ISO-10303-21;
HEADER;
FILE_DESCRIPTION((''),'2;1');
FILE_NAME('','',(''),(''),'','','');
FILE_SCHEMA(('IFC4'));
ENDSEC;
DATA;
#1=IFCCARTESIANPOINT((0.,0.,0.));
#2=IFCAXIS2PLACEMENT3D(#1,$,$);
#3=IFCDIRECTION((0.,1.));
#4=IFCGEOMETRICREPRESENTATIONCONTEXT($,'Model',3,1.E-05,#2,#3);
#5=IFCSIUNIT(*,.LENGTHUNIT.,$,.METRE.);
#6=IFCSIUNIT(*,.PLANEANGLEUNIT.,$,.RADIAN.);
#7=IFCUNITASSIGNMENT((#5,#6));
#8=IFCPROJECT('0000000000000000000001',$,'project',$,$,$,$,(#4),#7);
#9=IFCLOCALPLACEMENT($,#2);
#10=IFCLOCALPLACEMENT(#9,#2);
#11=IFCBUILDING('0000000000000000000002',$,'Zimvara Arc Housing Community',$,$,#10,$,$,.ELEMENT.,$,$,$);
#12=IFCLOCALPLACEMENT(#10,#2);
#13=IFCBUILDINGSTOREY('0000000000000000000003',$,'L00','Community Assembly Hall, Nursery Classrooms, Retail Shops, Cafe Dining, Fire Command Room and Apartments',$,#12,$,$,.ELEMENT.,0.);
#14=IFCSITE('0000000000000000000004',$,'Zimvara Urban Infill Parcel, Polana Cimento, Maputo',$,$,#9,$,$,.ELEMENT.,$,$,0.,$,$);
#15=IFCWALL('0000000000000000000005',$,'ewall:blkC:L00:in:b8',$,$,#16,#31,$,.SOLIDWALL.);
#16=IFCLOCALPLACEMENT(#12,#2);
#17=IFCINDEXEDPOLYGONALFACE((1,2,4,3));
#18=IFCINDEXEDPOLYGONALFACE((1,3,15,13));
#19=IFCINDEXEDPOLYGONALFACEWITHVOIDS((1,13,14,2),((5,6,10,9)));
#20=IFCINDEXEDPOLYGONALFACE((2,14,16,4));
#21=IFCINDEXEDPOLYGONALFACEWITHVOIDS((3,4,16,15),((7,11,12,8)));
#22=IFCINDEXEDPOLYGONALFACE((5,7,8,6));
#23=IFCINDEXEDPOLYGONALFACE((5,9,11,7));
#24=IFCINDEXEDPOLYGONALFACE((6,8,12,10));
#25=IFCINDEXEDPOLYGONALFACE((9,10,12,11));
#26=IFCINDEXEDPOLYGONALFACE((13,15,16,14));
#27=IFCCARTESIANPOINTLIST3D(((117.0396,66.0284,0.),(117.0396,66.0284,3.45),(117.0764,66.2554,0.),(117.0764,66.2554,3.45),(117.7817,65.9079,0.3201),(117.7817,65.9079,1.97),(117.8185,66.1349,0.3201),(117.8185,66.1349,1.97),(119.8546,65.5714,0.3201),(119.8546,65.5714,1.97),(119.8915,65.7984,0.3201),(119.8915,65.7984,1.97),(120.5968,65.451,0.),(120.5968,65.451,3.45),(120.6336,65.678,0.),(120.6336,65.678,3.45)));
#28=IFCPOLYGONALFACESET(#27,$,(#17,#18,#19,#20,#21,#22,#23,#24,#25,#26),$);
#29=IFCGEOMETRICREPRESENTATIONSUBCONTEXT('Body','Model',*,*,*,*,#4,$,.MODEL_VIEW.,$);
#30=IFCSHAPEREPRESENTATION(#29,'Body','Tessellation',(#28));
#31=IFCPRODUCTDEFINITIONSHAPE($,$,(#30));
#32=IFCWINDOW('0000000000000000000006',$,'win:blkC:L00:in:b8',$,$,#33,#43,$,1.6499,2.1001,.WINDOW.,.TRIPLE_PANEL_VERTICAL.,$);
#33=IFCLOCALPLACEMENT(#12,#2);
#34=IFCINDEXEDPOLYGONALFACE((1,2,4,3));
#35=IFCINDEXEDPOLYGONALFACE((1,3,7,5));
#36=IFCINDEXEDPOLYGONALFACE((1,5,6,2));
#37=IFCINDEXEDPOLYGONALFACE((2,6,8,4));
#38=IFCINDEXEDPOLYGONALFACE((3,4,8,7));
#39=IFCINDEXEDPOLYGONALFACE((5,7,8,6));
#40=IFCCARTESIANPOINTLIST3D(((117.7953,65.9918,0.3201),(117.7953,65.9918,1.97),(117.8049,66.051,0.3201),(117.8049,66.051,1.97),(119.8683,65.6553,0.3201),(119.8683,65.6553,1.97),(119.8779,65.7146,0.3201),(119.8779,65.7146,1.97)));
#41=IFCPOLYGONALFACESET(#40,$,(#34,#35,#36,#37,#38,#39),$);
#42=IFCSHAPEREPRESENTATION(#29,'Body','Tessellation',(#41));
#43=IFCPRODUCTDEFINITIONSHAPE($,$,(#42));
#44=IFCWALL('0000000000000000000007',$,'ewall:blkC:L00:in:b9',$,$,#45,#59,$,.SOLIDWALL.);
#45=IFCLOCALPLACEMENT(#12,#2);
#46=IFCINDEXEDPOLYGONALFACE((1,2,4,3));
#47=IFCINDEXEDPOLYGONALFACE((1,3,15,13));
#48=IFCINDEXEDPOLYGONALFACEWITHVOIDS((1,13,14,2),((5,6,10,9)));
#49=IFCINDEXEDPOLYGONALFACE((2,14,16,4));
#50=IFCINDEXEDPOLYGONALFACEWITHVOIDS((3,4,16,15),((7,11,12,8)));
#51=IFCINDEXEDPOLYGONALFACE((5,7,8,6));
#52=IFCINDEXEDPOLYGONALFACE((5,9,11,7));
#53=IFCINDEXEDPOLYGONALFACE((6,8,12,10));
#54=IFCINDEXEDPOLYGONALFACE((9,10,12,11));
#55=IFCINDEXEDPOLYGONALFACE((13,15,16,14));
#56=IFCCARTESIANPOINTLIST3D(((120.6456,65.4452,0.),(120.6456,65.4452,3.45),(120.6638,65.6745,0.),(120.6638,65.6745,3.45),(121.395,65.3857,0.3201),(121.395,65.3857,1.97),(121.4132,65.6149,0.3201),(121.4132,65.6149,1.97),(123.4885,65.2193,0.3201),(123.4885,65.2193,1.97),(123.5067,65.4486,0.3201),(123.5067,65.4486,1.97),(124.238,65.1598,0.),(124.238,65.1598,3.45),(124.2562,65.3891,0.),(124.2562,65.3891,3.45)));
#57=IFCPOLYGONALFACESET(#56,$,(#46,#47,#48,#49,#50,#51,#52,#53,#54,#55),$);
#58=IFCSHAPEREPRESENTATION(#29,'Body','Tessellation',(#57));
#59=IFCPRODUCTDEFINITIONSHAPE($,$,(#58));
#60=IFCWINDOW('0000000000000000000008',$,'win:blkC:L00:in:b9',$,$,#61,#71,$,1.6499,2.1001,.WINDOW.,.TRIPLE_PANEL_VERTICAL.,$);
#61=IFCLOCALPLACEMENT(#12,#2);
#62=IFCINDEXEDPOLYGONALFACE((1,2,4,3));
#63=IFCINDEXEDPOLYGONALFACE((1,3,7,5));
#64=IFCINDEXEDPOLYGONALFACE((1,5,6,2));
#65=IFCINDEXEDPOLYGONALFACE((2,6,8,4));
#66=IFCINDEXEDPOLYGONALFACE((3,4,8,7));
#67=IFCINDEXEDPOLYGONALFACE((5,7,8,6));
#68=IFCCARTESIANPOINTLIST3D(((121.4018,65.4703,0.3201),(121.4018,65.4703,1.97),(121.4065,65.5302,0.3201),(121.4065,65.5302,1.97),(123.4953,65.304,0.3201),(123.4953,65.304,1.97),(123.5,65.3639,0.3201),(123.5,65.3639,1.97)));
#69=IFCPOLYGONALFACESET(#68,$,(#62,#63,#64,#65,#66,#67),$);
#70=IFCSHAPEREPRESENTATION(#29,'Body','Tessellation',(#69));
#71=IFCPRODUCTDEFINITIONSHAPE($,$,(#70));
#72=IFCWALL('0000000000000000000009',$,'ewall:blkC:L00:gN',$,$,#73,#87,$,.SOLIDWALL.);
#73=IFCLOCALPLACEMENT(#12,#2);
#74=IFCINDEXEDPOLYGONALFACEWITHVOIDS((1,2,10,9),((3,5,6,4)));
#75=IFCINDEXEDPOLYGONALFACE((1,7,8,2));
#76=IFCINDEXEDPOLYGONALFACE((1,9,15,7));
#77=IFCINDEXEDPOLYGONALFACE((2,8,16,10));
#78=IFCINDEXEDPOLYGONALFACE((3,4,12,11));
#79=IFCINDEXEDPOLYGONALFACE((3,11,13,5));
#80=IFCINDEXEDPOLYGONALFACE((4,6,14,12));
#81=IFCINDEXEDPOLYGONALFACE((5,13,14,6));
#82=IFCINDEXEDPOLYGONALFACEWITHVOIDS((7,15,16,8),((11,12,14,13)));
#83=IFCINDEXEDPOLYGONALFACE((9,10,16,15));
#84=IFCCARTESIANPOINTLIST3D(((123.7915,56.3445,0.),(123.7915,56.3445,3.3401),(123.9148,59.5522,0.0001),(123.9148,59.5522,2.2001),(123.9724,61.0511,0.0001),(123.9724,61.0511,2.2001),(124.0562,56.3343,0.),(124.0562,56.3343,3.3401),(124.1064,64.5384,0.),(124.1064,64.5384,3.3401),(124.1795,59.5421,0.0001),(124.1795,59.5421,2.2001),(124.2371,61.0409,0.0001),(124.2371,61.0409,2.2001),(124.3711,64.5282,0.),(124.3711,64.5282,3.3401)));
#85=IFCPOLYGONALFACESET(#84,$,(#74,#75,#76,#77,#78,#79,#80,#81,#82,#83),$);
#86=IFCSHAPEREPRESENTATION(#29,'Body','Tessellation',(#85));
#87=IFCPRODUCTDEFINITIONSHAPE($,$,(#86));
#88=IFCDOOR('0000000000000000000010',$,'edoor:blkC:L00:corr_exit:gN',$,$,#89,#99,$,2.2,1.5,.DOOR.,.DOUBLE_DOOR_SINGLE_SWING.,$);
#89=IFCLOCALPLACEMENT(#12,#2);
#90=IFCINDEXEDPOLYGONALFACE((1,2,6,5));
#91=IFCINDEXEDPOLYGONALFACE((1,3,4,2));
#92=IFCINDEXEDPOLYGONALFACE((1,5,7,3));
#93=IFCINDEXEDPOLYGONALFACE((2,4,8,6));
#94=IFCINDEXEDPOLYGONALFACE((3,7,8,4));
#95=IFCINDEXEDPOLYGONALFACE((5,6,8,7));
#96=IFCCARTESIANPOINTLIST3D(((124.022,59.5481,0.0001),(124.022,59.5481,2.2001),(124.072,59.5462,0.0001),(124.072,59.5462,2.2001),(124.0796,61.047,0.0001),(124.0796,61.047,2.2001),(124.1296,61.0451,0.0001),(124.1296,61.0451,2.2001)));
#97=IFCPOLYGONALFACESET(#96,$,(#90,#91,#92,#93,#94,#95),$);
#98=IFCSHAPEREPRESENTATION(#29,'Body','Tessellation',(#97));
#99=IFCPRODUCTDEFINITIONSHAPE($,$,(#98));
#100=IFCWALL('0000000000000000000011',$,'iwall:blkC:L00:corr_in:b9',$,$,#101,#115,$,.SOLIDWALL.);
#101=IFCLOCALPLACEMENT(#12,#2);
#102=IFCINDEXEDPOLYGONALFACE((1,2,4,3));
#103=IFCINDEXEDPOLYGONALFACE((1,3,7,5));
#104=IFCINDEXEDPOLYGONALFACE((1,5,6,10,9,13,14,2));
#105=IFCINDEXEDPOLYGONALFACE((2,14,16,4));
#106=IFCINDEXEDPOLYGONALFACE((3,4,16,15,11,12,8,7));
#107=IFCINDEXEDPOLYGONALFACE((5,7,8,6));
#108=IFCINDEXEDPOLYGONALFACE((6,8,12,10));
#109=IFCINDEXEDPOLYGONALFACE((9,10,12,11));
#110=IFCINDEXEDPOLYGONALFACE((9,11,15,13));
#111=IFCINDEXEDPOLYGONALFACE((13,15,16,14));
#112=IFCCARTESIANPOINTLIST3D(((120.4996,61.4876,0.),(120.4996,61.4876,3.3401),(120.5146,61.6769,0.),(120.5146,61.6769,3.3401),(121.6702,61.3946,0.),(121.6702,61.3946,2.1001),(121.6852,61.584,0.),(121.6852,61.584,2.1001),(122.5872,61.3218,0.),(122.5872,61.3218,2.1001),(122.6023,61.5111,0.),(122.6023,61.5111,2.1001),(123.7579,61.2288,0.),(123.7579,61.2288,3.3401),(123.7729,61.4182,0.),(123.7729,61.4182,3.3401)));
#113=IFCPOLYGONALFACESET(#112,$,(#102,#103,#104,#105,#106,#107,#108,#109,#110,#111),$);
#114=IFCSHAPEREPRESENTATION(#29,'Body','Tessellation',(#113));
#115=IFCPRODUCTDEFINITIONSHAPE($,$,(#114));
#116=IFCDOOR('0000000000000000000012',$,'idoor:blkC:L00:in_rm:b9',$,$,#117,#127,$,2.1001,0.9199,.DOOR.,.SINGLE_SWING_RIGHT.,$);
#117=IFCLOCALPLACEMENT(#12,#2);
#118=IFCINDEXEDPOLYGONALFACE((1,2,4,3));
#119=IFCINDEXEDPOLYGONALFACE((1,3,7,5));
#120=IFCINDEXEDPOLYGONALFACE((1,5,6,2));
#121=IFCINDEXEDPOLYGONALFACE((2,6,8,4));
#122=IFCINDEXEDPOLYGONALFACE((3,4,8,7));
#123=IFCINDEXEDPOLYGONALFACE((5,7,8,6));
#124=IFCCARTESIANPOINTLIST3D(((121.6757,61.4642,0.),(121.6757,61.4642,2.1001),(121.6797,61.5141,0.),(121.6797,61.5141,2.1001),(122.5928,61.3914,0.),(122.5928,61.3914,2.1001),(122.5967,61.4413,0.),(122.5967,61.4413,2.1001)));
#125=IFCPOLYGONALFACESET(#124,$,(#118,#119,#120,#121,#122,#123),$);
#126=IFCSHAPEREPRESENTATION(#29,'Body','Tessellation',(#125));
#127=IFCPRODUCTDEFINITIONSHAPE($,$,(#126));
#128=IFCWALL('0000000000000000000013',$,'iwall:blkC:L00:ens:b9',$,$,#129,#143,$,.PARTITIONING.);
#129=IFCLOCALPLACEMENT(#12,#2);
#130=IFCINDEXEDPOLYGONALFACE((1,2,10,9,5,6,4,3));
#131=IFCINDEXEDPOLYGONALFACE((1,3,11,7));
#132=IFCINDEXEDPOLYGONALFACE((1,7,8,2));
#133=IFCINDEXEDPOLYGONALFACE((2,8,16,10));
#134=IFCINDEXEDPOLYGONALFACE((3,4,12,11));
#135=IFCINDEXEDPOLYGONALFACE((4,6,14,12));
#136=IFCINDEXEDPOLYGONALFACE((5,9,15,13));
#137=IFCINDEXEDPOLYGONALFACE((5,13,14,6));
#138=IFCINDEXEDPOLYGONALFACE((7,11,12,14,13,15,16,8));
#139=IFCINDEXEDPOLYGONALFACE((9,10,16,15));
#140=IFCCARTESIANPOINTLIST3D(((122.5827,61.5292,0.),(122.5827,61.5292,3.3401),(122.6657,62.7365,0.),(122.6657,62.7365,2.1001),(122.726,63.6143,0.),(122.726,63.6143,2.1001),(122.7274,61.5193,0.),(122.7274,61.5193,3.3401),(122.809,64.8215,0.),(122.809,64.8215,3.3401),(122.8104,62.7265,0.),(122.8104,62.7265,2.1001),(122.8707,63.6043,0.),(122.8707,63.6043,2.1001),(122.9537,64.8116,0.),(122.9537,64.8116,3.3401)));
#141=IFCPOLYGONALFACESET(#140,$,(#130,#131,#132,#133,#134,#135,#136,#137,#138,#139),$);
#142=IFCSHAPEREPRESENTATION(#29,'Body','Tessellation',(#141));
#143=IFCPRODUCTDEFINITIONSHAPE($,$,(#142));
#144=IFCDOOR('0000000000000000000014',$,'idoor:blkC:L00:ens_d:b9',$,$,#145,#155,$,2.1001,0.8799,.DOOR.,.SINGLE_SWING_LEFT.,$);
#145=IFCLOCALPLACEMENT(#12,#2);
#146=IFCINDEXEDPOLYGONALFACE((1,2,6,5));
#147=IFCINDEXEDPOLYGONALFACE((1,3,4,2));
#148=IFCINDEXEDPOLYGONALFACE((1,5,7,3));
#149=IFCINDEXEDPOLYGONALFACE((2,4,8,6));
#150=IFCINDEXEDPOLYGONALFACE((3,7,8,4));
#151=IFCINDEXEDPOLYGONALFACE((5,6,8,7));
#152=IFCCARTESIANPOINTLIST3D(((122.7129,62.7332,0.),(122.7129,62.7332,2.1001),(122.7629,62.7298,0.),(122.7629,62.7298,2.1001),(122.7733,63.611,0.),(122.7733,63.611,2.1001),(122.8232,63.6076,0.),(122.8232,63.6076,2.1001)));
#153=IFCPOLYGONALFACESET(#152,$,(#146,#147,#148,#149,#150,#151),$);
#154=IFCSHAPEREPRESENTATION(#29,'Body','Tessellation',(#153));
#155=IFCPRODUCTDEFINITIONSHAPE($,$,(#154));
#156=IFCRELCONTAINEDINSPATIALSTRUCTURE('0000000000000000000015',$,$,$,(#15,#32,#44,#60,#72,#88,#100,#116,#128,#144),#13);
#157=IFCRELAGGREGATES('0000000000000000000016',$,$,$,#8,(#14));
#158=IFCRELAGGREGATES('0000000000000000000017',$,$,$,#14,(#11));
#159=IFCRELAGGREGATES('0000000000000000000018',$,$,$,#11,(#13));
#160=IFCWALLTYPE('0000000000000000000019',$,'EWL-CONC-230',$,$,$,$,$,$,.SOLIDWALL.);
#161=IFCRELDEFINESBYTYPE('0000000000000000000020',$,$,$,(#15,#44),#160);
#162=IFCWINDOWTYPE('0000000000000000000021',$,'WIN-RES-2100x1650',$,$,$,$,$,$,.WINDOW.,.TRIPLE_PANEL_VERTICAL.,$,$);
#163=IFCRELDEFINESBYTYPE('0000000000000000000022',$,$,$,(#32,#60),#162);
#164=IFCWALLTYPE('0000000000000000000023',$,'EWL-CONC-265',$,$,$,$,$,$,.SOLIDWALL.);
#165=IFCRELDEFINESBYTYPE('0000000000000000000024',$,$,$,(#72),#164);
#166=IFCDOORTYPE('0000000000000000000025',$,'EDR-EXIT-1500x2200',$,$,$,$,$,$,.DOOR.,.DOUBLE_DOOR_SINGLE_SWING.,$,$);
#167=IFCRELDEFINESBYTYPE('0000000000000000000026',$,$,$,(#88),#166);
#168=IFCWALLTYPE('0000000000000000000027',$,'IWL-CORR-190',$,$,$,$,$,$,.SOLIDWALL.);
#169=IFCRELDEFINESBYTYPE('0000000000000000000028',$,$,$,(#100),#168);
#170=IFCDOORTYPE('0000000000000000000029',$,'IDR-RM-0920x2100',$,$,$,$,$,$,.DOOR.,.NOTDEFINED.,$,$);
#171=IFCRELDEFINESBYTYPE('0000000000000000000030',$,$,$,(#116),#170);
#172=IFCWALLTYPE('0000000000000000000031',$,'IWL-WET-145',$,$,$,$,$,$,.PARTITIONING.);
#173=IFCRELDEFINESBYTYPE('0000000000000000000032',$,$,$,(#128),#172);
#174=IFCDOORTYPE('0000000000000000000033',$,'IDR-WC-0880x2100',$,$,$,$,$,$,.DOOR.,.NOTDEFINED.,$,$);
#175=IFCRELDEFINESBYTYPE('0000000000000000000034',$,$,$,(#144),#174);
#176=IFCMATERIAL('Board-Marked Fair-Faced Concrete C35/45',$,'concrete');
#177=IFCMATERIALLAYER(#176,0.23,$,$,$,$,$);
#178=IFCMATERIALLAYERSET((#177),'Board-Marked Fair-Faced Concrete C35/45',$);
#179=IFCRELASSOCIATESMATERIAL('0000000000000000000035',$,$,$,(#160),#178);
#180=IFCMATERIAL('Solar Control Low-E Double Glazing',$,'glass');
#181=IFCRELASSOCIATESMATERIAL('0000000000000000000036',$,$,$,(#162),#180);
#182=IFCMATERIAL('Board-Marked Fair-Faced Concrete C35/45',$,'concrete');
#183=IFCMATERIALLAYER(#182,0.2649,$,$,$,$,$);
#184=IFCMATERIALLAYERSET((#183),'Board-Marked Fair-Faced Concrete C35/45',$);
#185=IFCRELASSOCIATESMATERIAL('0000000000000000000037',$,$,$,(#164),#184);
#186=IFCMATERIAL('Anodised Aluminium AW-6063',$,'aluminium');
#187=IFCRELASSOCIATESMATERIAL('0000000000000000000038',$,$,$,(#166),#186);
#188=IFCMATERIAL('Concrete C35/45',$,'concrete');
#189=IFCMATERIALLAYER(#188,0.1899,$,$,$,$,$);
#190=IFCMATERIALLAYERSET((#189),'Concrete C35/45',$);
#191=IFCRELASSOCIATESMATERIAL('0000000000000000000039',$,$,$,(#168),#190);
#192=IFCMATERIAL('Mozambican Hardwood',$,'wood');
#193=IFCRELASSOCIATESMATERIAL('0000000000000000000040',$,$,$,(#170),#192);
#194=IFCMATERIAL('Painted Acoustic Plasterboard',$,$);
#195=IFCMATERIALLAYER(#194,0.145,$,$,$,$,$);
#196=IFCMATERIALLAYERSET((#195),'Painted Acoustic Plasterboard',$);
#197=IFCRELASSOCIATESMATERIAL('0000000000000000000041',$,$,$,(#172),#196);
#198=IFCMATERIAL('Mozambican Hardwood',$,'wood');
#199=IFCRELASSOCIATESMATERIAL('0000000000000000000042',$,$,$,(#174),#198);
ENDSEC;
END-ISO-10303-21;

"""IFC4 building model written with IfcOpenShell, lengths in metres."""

from ifc_helpers import new_model, si_unit, direction, frame, frame_2d, origin, place, context, subcontext, project, spatial, rectangle, extrude, material, layer, layer_set, type_object, element, fill, save


model = new_model("IFC4")

# Units and contexts
model_context = context("Model", 3, precision=1e-05, world=origin(), true_north=direction((0.0, 1.0)))
body_context = subcontext(model_context, "Body", "Model", "MODEL_VIEW")
ifc_project = project(units=[si_unit("LENGTHUNIT", "METRE"), si_unit("PLANEANGLEUNIT", "RADIAN")], contexts=[model_context])

# Site, building, storey
site_placement = place(None, origin())
site = spatial("IfcSite", under=ifc_project, at=site_placement, Name="Zimvara Urban Infill Parcel, Polana Cimento, Maputo", CompositionType="ELEMENT", RefElevation=0.0)
building_placement = place(site_placement, origin())
building = spatial("IfcBuilding", under=site, at=building_placement, Name="Zimvara Arc Housing Community", CompositionType="ELEMENT")
storey_placement = place(building_placement, origin())
storey = spatial("IfcBuildingStorey", under=building, at=storey_placement, Name="L00", Description="Community Assembly Hall, Nursery Classrooms, Retail Shops, Cafe Dining, Fire Command Room and Apartments", CompositionType="ELEMENT", Elevation=0.0)

# Walls, openings, windows
ifc_material_1 = material(Name="Board-Marked Fair-Faced Concrete C35/45", Category="concrete")
ifc_layer_1 = layer(ifc_material_1, 0.23)
ifc_layer_set_1 = layer_set([ifc_layer_1], Name="Board-Marked Fair-Faced Concrete C35/45")
wall_type_1 = type_object("IfcWallType", Name="EWL-CONC-230", PredefinedType="SOLIDWALL", material=ifc_layer_set_1)
wall_1_placement = place(storey_placement, frame((117.0581, 66.1418, 0.0), z_axis=(0.0, 0.0, 1.0), x_axis=(0.987081, -0.160223, 0.0)))
wall_1 = element("IfcWall", 1, at=wall_1_placement, inside=storey, type_object=wall_type_1, Name="ewall:blkC:L00:in:b8", PredefinedType="SOLIDWALL", context=body_context, shape_type="SweptSolid", body=[
    extrude(rectangle(XDim=3.6038, YDim=0.23, at=frame_2d((1.8018, 0.0))), origin(), (0.0, 0.0, 1.0), 3.45),
])
opening_1_placement = place(wall_1_placement, frame((0.7517, 0.0, 0.3201)))
opening_1 = element("IfcOpeningElement", 2, at=opening_1_placement, cuts=wall_1, PredefinedType="OPENING", context=body_context, shape_type="SweptSolid", body=[
    extrude(rectangle(XDim=2.1001, YDim=1.6499, at=frame_2d((1.05, 0.825))), frame((0.0, 0.125, 0.0), z_axis=(0.0, -1.0, 0.0), x_axis=(1.0, 0.0, 0.0)), (0.0, 0.0, 1.0), 0.25),
])
ifc_material_2 = material(Name="Solar Control Low-E Double Glazing", Category="glass")
window_type = type_object("IfcWindowType", Name="WIN-RES-2100x1650", PartitioningType="TRIPLE_PANEL_VERTICAL", PredefinedType="WINDOW", material=ifc_material_2)
window_1_placement = place(opening_1_placement, origin())
window_1 = element("IfcWindow", 3, at=window_1_placement, inside=storey, type_object=window_type, Name="win:blkC:L00:in:b8", OverallHeight=1.6499, OverallWidth=2.1001, PartitioningType="TRIPLE_PANEL_VERTICAL", PredefinedType="WINDOW", context=body_context, shape_type="SweptSolid", body=[
    extrude(rectangle(XDim=2.1001, YDim=1.6499, at=frame_2d((1.05, 0.825))), frame((0.0, 0.03, 0.0), z_axis=(0.0, -1.0, 0.0), x_axis=(1.0, 0.0, 0.0)), (0.0, 0.0, 1.0), 0.0601),
])
fill(opening_1, window_1)
wall_2_placement = place(storey_placement, frame((120.6548, 65.5598, 0.0), z_axis=(0.0, 0.0, 1.0), x_axis=(0.996859, -0.079193, 0.0)))
wall_2 = element("IfcWall", 4, at=wall_2_placement, inside=storey, type_object=wall_type_1, Name="ewall:blkC:L00:in:b9", PredefinedType="SOLIDWALL", context=body_context, shape_type="SweptSolid", body=[
    extrude(rectangle(XDim=3.6038, YDim=0.23, at=frame_2d((1.8018, 0.0))), origin(), (0.0, 0.0, 1.0), 3.45),
])
opening_2_placement = place(wall_2_placement, frame((0.7517, 0.0, 0.3201)))
opening_2 = element("IfcOpeningElement", 5, at=opening_2_placement, cuts=wall_2, PredefinedType="OPENING", context=body_context, shape_type="SweptSolid", body=[
    extrude(rectangle(XDim=2.1001, YDim=1.6499, at=frame_2d((1.05, 0.825))), frame((0.0, 0.125, 0.0), z_axis=(0.0, -1.0, 0.0), x_axis=(1.0, 0.0, 0.0)), (0.0, 0.0, 1.0), 0.25),
])
window_2_placement = place(opening_2_placement, origin())
window_2 = element("IfcWindow", 6, at=window_2_placement, inside=storey, type_object=window_type, Name="win:blkC:L00:in:b9", OverallHeight=1.6499, OverallWidth=2.1001, PartitioningType="TRIPLE_PANEL_VERTICAL", PredefinedType="WINDOW", context=body_context, shape_type="SweptSolid", body=[
    extrude(rectangle(XDim=2.1001, YDim=1.6499, at=frame_2d((1.05, 0.825))), frame((0.0, 0.03, 0.0), z_axis=(0.0, -1.0, 0.0), x_axis=(1.0, 0.0, 0.0)), (0.0, 0.0, 1.0), 0.0601),
])
fill(opening_2, window_2)

# Walls, openings, doors
ifc_material_3 = material(Name="Board-Marked Fair-Faced Concrete C35/45", Category="concrete")
ifc_layer_2 = layer(ifc_material_3, 0.2649)
ifc_layer_set_2 = layer_set([ifc_layer_2], Name="Board-Marked Fair-Faced Concrete C35/45")
wall_type_2 = type_object("IfcWallType", Name="EWL-CONC-265", PredefinedType="SOLIDWALL", material=ifc_layer_set_2)
wall_3_placement = place(storey_placement, frame((124.2388, 64.5334, 0.0), z_axis=(0.0, 0.0, 1.0), x_axis=(-0.038408, -0.999262, 0.0)))
wall_3 = element("IfcWall", 7, at=wall_3_placement, inside=storey, type_object=wall_type_2, Name="ewall:blkC:L00:gN", PredefinedType="SOLIDWALL", context=body_context, shape_type="SweptSolid", body=[
    extrude(rectangle(XDim=8.2, YDim=0.2649, at=frame_2d((4.1001, 0.0))), origin(), (0.0, 0.0, 1.0), 3.3401),
])
opening_3_placement = place(wall_3_placement, frame((3.49, 0.0, 0.0)))
opening_3 = element("IfcOpeningElement", 8, at=opening_3_placement, cuts=wall_3, PredefinedType="OPENING", context=body_context, shape_type="SweptSolid", body=[
    extrude(rectangle(XDim=1.5, YDim=2.2, at=frame_2d((0.75, 1.1001))), frame((0.0, 0.1423, 0.0), z_axis=(0.0, -1.0, 0.0), x_axis=(1.0, 0.0, 0.0)), (0.0, 0.0, 1.0), 0.2849),
])
ifc_material_4 = material(Name="Anodised Aluminium AW-6063", Category="aluminium")
door_type_1 = type_object("IfcDoorType", Name="EDR-EXIT-1500x2200", OperationType="DOUBLE_DOOR_SINGLE_SWING", PredefinedType="DOOR", material=ifc_material_4)
door_1_placement = place(opening_3_placement, origin())
door_1 = element("IfcDoor", 9, at=door_1_placement, inside=storey, type_object=door_type_1, Name="edoor:blkC:L00:corr_exit:gN", OperationType="DOUBLE_DOOR_SINGLE_SWING", OverallHeight=2.2, OverallWidth=1.5, PredefinedType="DOOR", context=body_context, shape_type="SweptSolid", body=[
    extrude(rectangle(XDim=1.5, YDim=2.2, at=frame_2d((0.75, 1.1001))), frame((0.0, 0.0249, 0.0), z_axis=(0.0, -1.0, 0.0), x_axis=(1.0, 0.0, 0.0)), (0.0, 0.0, 1.0), 0.05),
])
fill(opening_3, door_1)
ifc_material_5 = material(Name="Concrete C35/45", Category="concrete")
ifc_layer_3 = layer(ifc_material_5, 0.1899)
ifc_layer_set_3 = layer_set([ifc_layer_3], Name="Concrete C35/45")
wall_type_3 = type_object("IfcWallType", Name="IWL-CORR-190", PredefinedType="SOLIDWALL", material=ifc_layer_set_3)
wall_4_placement = place(storey_placement, frame((120.5071, 61.5823, 0.0), z_axis=(0.0, 0.0, 1.0), x_axis=(0.996861, -0.079175, 0.0)))
wall_4 = element("IfcWall", 10, at=wall_4_placement, inside=storey, type_object=wall_type_3, Name="iwall:blkC:L00:corr_in:b9", PredefinedType="SOLIDWALL", context=body_context, shape_type="SweptSolid", body=[
    extrude(rectangle(XDim=3.2686, YDim=0.1899, at=frame_2d((1.6343, 0.0))), origin(), (0.0, 0.0, 1.0), 3.3401),
])
opening_4_placement = place(wall_4_placement, frame((1.1743, 0.0, 0.0)))
opening_4 = element("IfcOpeningElement", 11, at=opening_4_placement, cuts=wall_4, PredefinedType="OPENING", context=body_context, shape_type="SweptSolid", body=[
    extrude(rectangle(XDim=0.9199, YDim=2.1001, at=frame_2d((0.46, 1.05))), frame((0.0, 0.105, 0.0), z_axis=(0.0, -1.0, 0.0), x_axis=(1.0, 0.0, 0.0)), (0.0, 0.0, 1.0), 0.21),
])
ifc_material_6 = material(Name="Mozambican Hardwood", Category="wood")
door_type_2 = type_object("IfcDoorType", Name="IDR-RM-0920x2100", OperationType="NOTDEFINED", PredefinedType="DOOR", material=ifc_material_6)
door_2_placement = place(opening_4_placement, origin())
door_2 = element("IfcDoor", 12, at=door_2_placement, inside=storey, type_object=door_type_2, Name="idoor:blkC:L00:in_rm:b9", OperationType="SINGLE_SWING_RIGHT", OverallHeight=2.1001, OverallWidth=0.9199, PredefinedType="DOOR", context=body_context, shape_type="SweptSolid", body=[
    extrude(rectangle(XDim=0.9199, YDim=2.1001, at=frame_2d((0.46, 1.05))), frame((0.0, 0.0249, 0.0), z_axis=(0.0, -1.0, 0.0), x_axis=(1.0, 0.0, 0.0)), (0.0, 0.0, 1.0), 0.05),
])
fill(opening_4, door_2)
ifc_material_7 = material(Name="Painted Acoustic Plasterboard")
ifc_layer_4 = layer(ifc_material_7, 0.145)
ifc_layer_set_4 = layer_set([ifc_layer_4], Name="Painted Acoustic Plasterboard")
wall_type_4 = type_object("IfcWallType", Name="IWL-WET-145", PredefinedType="PARTITIONING", material=ifc_layer_set_4)
wall_5_placement = place(storey_placement, frame((122.8813, 64.8164, 0.0), z_axis=(0.0, 0.0, 1.0), x_axis=(-0.068581, -0.997646, 0.0)))
wall_5 = element("IfcWall", 13, at=wall_5_placement, inside=storey, type_object=wall_type_4, Name="iwall:blkC:L00:ens:b9", PredefinedType="PARTITIONING", context=body_context, shape_type="SweptSolid", body=[
    extrude(rectangle(XDim=3.3, YDim=0.145, at=frame_2d((1.6499, 0.0))), origin(), (0.0, 0.0, 1.0), 3.3401),
])
opening_5_placement = place(wall_5_placement, frame((1.21, 0.0, 0.0)))
opening_5 = element("IfcOpeningElement", 14, at=opening_5_placement, cuts=wall_5, PredefinedType="OPENING", context=body_context, shape_type="SweptSolid", body=[
    extrude(rectangle(XDim=0.8799, YDim=2.1001, at=frame_2d((0.4399, 1.05))), frame((0.0, 0.0825, 0.0), z_axis=(0.0, -1.0, 0.0), x_axis=(1.0, 0.0, 0.0)), (0.0, 0.0, 1.0), 0.165),
])
ifc_material_8 = material(Name="Mozambican Hardwood", Category="wood")
door_type_3 = type_object("IfcDoorType", Name="IDR-WC-0880x2100", OperationType="NOTDEFINED", PredefinedType="DOOR", material=ifc_material_8)
door_3_placement = place(opening_5_placement, origin())
door_3 = element("IfcDoor", 15, at=door_3_placement, inside=storey, type_object=door_type_3, Name="idoor:blkC:L00:ens_d:b9", OperationType="SINGLE_SWING_LEFT", OverallHeight=2.1001, OverallWidth=0.8799, PredefinedType="DOOR", context=body_context, shape_type="SweptSolid", body=[
    extrude(rectangle(XDim=0.8799, YDim=2.1001, at=frame_2d((0.4399, 1.05))), frame((0.0, 0.0249, 0.0), z_axis=(0.0, -1.0, 0.0), x_axis=(1.0, 0.0, 0.0)), (0.0, 0.0, 1.0), 0.05),
])
fill(opening_5, door_3)

save(model, "model.ifc")
